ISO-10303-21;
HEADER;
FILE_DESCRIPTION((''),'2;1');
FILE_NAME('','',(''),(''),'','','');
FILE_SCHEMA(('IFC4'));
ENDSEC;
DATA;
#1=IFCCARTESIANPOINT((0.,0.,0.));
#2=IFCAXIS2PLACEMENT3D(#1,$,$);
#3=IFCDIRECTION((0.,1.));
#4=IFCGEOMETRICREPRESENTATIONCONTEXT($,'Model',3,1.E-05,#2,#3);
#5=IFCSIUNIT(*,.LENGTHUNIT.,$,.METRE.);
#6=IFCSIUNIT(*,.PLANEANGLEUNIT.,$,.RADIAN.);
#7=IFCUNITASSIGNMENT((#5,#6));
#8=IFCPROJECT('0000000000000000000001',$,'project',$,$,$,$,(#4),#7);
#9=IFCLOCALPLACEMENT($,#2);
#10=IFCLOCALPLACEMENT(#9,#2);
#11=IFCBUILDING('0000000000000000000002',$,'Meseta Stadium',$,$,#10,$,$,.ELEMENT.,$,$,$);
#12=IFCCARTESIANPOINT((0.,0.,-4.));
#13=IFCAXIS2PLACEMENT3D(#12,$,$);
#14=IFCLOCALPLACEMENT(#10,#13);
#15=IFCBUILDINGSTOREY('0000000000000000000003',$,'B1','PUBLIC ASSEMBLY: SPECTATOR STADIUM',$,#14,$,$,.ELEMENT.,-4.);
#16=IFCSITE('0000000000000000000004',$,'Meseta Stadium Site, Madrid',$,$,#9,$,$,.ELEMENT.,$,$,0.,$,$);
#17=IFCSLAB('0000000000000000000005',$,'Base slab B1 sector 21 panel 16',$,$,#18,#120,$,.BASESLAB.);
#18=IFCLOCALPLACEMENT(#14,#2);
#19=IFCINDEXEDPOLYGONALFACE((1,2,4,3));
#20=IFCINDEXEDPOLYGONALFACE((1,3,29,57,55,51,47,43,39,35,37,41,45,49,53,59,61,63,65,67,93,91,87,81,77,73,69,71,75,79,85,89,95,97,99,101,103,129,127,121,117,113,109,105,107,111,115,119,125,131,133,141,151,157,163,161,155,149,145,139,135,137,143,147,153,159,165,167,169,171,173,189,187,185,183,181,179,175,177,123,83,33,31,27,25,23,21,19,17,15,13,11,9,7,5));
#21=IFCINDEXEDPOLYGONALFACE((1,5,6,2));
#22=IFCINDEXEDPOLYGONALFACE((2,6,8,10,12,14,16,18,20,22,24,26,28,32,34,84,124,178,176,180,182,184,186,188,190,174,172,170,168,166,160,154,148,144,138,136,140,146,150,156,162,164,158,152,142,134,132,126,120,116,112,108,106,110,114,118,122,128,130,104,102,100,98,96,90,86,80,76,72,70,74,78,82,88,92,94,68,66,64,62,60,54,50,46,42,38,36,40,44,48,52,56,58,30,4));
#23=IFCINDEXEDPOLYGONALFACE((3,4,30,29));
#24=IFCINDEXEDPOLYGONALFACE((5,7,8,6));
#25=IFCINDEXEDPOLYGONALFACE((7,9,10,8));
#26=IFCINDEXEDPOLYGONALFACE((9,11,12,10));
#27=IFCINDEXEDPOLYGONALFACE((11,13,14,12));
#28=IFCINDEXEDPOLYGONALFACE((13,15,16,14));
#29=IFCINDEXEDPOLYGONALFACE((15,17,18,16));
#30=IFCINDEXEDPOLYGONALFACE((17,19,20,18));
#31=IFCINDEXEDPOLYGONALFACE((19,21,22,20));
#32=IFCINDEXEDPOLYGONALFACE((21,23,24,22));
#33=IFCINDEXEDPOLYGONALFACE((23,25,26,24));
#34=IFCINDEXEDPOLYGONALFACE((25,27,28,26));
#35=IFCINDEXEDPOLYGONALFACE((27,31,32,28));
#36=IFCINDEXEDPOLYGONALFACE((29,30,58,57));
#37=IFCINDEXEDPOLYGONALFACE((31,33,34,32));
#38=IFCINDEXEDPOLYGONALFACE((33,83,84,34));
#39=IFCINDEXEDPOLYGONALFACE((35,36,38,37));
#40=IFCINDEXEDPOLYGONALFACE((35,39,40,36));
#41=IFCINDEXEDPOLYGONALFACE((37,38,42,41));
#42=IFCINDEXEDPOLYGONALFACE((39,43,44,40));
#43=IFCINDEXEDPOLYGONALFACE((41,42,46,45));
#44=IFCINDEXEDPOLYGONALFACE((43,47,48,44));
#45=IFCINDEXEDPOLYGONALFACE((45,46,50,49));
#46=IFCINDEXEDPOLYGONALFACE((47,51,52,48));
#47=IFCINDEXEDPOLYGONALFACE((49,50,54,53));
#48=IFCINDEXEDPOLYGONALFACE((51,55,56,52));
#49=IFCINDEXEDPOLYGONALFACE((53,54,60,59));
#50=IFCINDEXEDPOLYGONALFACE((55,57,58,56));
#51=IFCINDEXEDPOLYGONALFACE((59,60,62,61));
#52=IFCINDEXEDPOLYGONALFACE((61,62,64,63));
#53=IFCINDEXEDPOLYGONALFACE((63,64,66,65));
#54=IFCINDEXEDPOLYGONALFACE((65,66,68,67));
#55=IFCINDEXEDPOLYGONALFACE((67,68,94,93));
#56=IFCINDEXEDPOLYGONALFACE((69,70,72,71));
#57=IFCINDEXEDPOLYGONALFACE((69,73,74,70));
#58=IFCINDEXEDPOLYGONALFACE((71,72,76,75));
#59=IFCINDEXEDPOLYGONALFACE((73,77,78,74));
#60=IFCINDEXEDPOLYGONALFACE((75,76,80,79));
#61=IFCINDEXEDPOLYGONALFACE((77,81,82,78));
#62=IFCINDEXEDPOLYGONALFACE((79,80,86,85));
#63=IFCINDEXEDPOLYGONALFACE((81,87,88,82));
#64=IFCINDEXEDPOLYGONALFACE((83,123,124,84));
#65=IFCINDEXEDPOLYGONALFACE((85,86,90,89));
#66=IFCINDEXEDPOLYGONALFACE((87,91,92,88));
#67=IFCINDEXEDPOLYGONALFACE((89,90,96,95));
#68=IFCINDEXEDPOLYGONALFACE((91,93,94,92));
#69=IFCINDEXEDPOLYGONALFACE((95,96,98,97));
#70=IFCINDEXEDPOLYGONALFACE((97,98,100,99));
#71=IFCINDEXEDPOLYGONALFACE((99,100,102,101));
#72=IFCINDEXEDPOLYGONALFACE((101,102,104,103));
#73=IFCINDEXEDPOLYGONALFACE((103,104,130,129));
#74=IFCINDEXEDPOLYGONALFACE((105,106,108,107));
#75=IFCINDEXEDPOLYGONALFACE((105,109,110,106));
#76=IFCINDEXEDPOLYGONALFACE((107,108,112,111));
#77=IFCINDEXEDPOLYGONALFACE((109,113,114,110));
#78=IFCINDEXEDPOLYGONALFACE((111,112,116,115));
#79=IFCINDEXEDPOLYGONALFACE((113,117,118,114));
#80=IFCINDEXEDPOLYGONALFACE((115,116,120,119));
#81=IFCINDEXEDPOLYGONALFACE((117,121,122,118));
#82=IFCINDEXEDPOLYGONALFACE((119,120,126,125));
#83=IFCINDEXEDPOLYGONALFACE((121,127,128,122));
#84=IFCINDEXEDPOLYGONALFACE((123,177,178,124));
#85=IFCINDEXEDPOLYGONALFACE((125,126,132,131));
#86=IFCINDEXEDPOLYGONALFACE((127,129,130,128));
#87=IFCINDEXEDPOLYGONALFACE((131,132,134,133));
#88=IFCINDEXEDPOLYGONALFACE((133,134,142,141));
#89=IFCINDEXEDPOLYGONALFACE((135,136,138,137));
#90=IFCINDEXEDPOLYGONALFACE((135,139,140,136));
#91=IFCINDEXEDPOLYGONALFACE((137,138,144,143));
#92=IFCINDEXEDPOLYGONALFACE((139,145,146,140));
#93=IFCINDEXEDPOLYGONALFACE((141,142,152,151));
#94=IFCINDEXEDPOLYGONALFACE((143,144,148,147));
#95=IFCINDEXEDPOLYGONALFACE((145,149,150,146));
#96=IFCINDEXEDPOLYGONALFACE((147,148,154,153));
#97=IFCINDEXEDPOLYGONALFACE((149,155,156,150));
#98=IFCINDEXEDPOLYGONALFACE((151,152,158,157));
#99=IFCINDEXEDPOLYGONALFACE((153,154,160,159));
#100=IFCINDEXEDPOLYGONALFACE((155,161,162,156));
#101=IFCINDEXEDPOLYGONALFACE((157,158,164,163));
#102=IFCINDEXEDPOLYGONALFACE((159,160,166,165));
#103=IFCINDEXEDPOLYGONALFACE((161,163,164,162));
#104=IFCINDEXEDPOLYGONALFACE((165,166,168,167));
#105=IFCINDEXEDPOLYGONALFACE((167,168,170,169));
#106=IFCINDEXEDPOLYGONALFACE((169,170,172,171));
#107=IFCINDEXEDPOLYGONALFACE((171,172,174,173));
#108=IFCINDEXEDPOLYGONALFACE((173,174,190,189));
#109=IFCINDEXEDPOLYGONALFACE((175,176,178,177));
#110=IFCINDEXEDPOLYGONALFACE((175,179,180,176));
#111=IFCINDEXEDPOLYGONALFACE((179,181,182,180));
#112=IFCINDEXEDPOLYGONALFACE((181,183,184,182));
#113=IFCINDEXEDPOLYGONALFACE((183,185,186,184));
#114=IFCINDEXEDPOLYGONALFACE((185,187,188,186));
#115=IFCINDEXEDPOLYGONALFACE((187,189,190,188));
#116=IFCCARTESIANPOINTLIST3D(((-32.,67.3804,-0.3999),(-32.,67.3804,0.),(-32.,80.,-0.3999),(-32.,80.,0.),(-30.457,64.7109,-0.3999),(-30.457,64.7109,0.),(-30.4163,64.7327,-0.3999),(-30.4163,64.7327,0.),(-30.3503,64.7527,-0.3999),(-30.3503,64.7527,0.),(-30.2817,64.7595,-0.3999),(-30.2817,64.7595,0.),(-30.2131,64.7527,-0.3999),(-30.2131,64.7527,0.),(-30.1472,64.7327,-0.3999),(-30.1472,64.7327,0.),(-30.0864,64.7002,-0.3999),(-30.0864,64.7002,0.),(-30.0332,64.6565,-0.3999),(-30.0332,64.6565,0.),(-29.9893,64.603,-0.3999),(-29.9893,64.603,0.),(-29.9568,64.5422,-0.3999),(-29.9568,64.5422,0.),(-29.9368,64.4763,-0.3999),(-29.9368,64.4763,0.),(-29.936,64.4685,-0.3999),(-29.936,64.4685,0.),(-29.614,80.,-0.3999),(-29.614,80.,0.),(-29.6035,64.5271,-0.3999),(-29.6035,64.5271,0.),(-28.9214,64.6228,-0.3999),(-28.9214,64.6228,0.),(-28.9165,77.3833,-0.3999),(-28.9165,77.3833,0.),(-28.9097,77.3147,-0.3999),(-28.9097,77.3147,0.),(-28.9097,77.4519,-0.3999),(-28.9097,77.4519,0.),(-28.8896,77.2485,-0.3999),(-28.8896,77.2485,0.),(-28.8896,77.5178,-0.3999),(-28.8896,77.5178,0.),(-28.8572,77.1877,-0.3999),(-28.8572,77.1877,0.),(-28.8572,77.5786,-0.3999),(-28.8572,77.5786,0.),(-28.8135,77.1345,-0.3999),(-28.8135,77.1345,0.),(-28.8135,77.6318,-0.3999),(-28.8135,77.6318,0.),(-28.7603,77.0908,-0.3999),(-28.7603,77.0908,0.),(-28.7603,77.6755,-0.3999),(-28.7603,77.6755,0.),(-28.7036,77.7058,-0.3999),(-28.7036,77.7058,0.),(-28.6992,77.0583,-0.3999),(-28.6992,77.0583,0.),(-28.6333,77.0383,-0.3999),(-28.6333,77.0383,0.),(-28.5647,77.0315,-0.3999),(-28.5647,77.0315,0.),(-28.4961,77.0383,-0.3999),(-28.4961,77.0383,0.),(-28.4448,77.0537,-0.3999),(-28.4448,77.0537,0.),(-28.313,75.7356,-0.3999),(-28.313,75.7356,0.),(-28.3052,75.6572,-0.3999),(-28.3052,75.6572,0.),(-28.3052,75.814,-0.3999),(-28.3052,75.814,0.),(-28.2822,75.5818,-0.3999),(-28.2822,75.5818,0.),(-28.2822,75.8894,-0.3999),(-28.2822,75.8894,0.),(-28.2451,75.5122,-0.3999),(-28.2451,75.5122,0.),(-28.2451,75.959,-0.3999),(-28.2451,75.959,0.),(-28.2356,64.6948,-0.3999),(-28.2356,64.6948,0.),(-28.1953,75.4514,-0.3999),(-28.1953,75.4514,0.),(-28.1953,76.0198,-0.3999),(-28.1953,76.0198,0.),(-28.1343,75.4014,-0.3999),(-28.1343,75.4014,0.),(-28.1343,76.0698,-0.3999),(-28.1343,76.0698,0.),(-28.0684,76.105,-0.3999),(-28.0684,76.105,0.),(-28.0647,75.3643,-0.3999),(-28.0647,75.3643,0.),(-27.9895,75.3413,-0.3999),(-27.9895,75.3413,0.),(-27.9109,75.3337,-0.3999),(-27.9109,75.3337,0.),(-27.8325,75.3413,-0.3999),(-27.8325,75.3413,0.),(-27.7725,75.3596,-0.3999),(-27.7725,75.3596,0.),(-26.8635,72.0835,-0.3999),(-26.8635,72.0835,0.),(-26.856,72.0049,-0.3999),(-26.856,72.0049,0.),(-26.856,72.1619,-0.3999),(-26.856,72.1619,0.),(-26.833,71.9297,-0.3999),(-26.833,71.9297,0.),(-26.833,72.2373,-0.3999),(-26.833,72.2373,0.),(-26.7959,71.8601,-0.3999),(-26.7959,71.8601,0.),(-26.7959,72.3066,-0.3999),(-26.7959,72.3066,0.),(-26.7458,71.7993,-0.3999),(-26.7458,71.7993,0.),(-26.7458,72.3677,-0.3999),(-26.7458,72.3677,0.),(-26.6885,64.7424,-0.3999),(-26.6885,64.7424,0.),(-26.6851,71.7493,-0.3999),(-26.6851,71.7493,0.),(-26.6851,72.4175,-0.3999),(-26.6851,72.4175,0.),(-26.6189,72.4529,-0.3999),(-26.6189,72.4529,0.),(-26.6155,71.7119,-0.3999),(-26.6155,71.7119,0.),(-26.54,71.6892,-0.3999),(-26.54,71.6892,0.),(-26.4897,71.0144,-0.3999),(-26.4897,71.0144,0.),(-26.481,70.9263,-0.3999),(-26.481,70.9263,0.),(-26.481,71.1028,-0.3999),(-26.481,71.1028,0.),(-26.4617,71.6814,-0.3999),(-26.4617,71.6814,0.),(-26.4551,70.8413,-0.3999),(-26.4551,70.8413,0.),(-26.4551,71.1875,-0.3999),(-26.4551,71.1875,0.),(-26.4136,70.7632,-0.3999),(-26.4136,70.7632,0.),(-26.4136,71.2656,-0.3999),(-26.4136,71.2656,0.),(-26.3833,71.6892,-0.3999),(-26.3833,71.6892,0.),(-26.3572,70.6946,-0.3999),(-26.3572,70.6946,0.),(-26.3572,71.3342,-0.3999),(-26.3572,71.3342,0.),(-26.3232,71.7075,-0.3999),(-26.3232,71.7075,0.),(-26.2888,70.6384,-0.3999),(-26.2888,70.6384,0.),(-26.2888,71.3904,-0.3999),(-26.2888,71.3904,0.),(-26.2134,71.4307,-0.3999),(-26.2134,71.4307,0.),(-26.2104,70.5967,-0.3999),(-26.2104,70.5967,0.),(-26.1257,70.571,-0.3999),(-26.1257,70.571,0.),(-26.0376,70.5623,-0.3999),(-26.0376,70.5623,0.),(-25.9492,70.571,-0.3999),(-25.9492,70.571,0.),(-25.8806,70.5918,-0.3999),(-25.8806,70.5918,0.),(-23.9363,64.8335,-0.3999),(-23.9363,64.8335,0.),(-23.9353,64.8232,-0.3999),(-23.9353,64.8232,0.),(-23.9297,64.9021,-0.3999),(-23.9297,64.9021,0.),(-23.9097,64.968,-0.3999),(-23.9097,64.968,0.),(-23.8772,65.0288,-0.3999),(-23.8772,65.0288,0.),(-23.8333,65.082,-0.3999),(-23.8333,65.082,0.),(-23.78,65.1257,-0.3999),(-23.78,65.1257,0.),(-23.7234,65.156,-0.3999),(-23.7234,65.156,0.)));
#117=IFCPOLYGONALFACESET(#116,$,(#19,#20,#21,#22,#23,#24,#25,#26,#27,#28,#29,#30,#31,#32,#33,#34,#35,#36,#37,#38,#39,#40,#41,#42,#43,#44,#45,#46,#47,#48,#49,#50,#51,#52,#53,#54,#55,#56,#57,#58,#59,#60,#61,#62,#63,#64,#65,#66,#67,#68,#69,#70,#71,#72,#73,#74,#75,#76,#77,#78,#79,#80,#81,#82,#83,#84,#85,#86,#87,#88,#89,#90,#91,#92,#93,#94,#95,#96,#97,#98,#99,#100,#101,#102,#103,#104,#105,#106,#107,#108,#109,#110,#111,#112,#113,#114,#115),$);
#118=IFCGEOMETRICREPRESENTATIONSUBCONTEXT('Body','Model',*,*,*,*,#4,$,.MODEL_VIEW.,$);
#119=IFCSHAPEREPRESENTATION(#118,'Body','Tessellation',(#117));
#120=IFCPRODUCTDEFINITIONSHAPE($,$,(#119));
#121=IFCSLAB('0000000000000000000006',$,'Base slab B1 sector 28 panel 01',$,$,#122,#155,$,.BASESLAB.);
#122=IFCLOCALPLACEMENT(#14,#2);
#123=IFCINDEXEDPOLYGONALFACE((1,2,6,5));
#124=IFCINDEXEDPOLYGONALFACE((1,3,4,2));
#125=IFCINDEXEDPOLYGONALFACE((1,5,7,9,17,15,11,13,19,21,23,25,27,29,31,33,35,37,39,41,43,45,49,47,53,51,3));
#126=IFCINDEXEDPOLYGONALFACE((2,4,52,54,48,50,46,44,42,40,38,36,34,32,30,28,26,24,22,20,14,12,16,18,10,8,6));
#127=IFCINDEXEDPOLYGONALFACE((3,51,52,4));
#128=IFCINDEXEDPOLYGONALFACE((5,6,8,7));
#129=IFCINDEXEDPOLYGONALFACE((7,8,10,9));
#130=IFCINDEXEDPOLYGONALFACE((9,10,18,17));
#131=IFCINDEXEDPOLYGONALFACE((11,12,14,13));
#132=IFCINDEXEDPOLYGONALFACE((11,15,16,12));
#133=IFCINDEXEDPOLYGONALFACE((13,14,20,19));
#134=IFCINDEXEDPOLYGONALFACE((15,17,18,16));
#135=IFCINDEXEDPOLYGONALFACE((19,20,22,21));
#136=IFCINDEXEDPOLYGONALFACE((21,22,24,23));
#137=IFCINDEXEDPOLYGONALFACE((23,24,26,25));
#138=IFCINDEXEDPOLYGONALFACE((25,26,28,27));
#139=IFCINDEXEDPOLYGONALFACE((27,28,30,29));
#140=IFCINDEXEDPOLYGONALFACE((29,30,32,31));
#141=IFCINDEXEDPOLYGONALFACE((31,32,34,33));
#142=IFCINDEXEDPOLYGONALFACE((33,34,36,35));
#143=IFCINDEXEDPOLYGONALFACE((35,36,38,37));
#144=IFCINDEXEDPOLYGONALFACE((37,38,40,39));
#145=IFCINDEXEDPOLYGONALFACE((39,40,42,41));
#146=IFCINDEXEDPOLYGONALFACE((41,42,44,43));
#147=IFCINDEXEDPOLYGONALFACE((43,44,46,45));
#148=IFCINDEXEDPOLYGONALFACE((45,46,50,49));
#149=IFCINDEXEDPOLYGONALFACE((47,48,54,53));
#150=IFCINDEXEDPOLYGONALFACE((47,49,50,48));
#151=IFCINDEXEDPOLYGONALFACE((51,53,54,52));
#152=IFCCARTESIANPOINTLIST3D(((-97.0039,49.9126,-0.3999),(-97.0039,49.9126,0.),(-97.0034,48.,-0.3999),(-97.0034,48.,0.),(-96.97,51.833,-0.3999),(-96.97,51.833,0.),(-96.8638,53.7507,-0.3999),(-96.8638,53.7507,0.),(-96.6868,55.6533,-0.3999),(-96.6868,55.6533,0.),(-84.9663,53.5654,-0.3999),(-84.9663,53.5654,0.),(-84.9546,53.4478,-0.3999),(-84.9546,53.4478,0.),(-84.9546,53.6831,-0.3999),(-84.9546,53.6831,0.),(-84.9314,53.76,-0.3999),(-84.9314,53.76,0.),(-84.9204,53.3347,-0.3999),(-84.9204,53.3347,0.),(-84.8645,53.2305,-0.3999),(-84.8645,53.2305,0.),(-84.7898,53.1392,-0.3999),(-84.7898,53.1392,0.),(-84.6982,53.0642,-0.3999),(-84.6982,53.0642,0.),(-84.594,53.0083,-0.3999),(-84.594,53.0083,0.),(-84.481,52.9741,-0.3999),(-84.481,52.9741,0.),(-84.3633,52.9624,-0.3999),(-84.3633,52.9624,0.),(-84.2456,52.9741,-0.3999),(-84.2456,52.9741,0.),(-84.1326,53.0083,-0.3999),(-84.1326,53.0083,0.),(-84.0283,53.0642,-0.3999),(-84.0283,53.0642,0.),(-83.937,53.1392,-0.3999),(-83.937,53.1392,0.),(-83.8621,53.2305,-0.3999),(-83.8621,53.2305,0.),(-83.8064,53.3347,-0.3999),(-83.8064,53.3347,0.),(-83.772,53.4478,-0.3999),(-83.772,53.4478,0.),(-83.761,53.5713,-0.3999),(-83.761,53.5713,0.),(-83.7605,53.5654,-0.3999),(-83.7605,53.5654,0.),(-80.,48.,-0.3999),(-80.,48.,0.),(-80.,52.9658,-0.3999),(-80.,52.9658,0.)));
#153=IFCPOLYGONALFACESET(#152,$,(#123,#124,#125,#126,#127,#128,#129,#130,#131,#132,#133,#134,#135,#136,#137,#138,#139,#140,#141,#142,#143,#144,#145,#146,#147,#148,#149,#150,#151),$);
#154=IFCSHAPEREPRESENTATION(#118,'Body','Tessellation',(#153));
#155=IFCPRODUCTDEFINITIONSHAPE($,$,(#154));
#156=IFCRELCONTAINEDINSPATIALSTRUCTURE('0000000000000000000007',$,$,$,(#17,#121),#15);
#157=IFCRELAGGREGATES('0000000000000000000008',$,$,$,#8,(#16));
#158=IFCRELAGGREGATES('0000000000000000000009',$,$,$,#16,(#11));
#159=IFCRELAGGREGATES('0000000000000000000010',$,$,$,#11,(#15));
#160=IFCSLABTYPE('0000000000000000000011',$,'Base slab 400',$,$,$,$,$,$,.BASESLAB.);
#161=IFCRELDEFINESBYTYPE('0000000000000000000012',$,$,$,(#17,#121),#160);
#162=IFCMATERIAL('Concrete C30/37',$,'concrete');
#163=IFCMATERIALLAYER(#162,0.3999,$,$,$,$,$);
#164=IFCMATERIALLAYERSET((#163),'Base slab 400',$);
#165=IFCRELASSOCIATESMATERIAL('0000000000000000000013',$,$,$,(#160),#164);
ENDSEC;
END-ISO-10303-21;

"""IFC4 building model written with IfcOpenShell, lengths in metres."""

from ifc_helpers import new_model, si_unit, direction, frame, origin, place, context, subcontext, project, spatial, polyline, outline, extrude, material, layer, layer_set, type_object, element, save


model = new_model("IFC4")

# Units and contexts
model_context = context("Model", 3, precision=1e-05, world=origin(), true_north=direction((0.0, 1.0)))
body_context = subcontext(model_context, "Body", "Model", "MODEL_VIEW")
ifc_project = project(units=[si_unit("LENGTHUNIT", "METRE"), si_unit("PLANEANGLEUNIT", "RADIAN")], contexts=[model_context])

# Site, building, storey
site_placement = place(None, origin())
site = spatial("IfcSite", under=ifc_project, at=site_placement, Name="Meseta Stadium Site, Madrid", CompositionType="ELEMENT", RefElevation=0.0)
building_placement = place(site_placement, origin())
building = spatial("IfcBuilding", under=site, at=building_placement, Name="Meseta Stadium", CompositionType="ELEMENT")
storey_placement = place(building_placement, frame((0.0, 0.0, -4.0)))
storey = spatial("IfcBuildingStorey", under=building, at=storey_placement, Name="B1", Description="PUBLIC ASSEMBLY: SPECTATOR STADIUM", CompositionType="ELEMENT", Elevation=-4.0)

# Slabs
ifc_material = material(Name="Concrete C30/37", Category="concrete")
ifc_layer = layer(ifc_material, 0.3999)
ifc_layer_set = layer_set([ifc_layer], Name="Base slab 400")
slab_type = type_object("IfcSlabType", Name="Base slab 400", PredefinedType="BASESLAB", material=ifc_layer_set)
slab_1_placement = place(storey_placement, frame((0.0, 0.0, -0.3999)))
element("IfcSlab", 1, at=slab_1_placement, inside=storey, type_object=slab_type, Name="Base slab B1 sector 21 panel 16", PredefinedType="BASESLAB", context=body_context, shape_type="SweptSolid", body=[
    extrude(outline(polyline([(-28.7603, 77.6755), (-28.7036, 77.7058), (-29.614, 80.0), (-32.0, 80.0), (-32.0, 67.3804), (-30.457, 64.7109), (-30.4163, 64.7327), (-30.3503, 64.7527), (-30.2817, 64.7595), (-30.2131, 64.7527), (-30.1472, 64.7327), (-30.0864, 64.7002), (-30.0332, 64.6565), (-29.9893, 64.603), (-29.9568, 64.5422), (-29.9368, 64.4763), (-29.936, 64.4685), (-29.6035, 64.5271), (-28.9214, 64.6228), (-28.2356, 64.6948), (-26.6885, 64.7424), (-23.9353, 64.8232), (-23.9363, 64.8335), (-23.9297, 64.9021), (-23.9097, 64.968), (-23.8772, 65.0288), (-23.8333, 65.082), (-23.78, 65.1257), (-23.7234, 65.156), (-25.8806, 70.5918), (-25.9492, 70.571), (-26.0376, 70.5623), (-26.1257, 70.571), (-26.2104, 70.5967), (-26.2888, 70.6384), (-26.3572, 70.6946), (-26.4136, 70.7632), (-26.4551, 70.8413), (-26.481, 70.9263), (-26.4897, 71.0144), (-26.481, 71.1028), (-26.4551, 71.1875), (-26.4136, 71.2656), (-26.3572, 71.3342), (-26.2888, 71.3904), (-26.2134, 71.4307), (-26.3232, 71.7075), (-26.3833, 71.6892), (-26.4617, 71.6814), (-26.54, 71.6892), (-26.6155, 71.7119), (-26.6851, 71.7493), (-26.7458, 71.7993), (-26.7959, 71.8601), (-26.833, 71.9297), (-26.856, 72.0049), (-26.8635, 72.0835), (-26.856, 72.1619), (-26.833, 72.2373), (-26.7959, 72.3066), (-26.7458, 72.3677), (-26.6851, 72.4175), (-26.6189, 72.4529), (-27.7725, 75.3596), (-27.8325, 75.3413), (-27.9109, 75.3337), (-27.9895, 75.3413), (-28.0647, 75.3643), (-28.1343, 75.4014), (-28.1953, 75.4514), (-28.2451, 75.5122), (-28.2822, 75.5818), (-28.3052, 75.6572), (-28.313, 75.7356), (-28.3052, 75.814), (-28.2822, 75.8894), (-28.2451, 75.959), (-28.1953, 76.0198), (-28.1343, 76.0698), (-28.0684, 76.105), (-28.4448, 77.0537), (-28.4961, 77.0383), (-28.5647, 77.0315), (-28.6333, 77.0383), (-28.6992, 77.0583), (-28.7603, 77.0908), (-28.8135, 77.1345), (-28.8572, 77.1877), (-28.8896, 77.2485), (-28.9097, 77.3147), (-28.9165, 77.3833), (-28.9097, 77.4519), (-28.8896, 77.5178), (-28.8572, 77.5786), (-28.8135, 77.6318), (-28.7603, 77.6755)])), origin(), (0.0, 0.0, 1.0), 0.3999),
])
slab_2_placement = place(storey_placement, frame((0.0, 0.0, -0.3999)))
element("IfcSlab", 2, at=slab_2_placement, inside=storey, type_object=slab_type, Name="Base slab B1 sector 28 panel 01", PredefinedType="BASESLAB", context=body_context, shape_type="SweptSolid", body=[
    extrude(outline(polyline([(-96.6868, 55.6533), (-96.8638, 53.7507), (-96.97, 51.833), (-97.0039, 49.9126), (-97.0034, 48.0), (-80.0, 48.0), (-80.0, 52.9658), (-83.761, 53.5713), (-83.7605, 53.5654), (-83.772, 53.4478), (-83.8064, 53.3347), (-83.8621, 53.2305), (-83.937, 53.1392), (-84.0283, 53.0642), (-84.1326, 53.0083), (-84.2456, 52.9741), (-84.3633, 52.9624), (-84.481, 52.9741), (-84.594, 53.0083), (-84.6982, 53.0642), (-84.7898, 53.1392), (-84.8645, 53.2305), (-84.9204, 53.3347), (-84.9546, 53.4478), (-84.9663, 53.5654), (-84.9546, 53.6831), (-84.9314, 53.76), (-96.6868, 55.6533)])), origin(), (0.0, 0.0, 1.0), 0.3999),
])

save(model, "model.ifc")
